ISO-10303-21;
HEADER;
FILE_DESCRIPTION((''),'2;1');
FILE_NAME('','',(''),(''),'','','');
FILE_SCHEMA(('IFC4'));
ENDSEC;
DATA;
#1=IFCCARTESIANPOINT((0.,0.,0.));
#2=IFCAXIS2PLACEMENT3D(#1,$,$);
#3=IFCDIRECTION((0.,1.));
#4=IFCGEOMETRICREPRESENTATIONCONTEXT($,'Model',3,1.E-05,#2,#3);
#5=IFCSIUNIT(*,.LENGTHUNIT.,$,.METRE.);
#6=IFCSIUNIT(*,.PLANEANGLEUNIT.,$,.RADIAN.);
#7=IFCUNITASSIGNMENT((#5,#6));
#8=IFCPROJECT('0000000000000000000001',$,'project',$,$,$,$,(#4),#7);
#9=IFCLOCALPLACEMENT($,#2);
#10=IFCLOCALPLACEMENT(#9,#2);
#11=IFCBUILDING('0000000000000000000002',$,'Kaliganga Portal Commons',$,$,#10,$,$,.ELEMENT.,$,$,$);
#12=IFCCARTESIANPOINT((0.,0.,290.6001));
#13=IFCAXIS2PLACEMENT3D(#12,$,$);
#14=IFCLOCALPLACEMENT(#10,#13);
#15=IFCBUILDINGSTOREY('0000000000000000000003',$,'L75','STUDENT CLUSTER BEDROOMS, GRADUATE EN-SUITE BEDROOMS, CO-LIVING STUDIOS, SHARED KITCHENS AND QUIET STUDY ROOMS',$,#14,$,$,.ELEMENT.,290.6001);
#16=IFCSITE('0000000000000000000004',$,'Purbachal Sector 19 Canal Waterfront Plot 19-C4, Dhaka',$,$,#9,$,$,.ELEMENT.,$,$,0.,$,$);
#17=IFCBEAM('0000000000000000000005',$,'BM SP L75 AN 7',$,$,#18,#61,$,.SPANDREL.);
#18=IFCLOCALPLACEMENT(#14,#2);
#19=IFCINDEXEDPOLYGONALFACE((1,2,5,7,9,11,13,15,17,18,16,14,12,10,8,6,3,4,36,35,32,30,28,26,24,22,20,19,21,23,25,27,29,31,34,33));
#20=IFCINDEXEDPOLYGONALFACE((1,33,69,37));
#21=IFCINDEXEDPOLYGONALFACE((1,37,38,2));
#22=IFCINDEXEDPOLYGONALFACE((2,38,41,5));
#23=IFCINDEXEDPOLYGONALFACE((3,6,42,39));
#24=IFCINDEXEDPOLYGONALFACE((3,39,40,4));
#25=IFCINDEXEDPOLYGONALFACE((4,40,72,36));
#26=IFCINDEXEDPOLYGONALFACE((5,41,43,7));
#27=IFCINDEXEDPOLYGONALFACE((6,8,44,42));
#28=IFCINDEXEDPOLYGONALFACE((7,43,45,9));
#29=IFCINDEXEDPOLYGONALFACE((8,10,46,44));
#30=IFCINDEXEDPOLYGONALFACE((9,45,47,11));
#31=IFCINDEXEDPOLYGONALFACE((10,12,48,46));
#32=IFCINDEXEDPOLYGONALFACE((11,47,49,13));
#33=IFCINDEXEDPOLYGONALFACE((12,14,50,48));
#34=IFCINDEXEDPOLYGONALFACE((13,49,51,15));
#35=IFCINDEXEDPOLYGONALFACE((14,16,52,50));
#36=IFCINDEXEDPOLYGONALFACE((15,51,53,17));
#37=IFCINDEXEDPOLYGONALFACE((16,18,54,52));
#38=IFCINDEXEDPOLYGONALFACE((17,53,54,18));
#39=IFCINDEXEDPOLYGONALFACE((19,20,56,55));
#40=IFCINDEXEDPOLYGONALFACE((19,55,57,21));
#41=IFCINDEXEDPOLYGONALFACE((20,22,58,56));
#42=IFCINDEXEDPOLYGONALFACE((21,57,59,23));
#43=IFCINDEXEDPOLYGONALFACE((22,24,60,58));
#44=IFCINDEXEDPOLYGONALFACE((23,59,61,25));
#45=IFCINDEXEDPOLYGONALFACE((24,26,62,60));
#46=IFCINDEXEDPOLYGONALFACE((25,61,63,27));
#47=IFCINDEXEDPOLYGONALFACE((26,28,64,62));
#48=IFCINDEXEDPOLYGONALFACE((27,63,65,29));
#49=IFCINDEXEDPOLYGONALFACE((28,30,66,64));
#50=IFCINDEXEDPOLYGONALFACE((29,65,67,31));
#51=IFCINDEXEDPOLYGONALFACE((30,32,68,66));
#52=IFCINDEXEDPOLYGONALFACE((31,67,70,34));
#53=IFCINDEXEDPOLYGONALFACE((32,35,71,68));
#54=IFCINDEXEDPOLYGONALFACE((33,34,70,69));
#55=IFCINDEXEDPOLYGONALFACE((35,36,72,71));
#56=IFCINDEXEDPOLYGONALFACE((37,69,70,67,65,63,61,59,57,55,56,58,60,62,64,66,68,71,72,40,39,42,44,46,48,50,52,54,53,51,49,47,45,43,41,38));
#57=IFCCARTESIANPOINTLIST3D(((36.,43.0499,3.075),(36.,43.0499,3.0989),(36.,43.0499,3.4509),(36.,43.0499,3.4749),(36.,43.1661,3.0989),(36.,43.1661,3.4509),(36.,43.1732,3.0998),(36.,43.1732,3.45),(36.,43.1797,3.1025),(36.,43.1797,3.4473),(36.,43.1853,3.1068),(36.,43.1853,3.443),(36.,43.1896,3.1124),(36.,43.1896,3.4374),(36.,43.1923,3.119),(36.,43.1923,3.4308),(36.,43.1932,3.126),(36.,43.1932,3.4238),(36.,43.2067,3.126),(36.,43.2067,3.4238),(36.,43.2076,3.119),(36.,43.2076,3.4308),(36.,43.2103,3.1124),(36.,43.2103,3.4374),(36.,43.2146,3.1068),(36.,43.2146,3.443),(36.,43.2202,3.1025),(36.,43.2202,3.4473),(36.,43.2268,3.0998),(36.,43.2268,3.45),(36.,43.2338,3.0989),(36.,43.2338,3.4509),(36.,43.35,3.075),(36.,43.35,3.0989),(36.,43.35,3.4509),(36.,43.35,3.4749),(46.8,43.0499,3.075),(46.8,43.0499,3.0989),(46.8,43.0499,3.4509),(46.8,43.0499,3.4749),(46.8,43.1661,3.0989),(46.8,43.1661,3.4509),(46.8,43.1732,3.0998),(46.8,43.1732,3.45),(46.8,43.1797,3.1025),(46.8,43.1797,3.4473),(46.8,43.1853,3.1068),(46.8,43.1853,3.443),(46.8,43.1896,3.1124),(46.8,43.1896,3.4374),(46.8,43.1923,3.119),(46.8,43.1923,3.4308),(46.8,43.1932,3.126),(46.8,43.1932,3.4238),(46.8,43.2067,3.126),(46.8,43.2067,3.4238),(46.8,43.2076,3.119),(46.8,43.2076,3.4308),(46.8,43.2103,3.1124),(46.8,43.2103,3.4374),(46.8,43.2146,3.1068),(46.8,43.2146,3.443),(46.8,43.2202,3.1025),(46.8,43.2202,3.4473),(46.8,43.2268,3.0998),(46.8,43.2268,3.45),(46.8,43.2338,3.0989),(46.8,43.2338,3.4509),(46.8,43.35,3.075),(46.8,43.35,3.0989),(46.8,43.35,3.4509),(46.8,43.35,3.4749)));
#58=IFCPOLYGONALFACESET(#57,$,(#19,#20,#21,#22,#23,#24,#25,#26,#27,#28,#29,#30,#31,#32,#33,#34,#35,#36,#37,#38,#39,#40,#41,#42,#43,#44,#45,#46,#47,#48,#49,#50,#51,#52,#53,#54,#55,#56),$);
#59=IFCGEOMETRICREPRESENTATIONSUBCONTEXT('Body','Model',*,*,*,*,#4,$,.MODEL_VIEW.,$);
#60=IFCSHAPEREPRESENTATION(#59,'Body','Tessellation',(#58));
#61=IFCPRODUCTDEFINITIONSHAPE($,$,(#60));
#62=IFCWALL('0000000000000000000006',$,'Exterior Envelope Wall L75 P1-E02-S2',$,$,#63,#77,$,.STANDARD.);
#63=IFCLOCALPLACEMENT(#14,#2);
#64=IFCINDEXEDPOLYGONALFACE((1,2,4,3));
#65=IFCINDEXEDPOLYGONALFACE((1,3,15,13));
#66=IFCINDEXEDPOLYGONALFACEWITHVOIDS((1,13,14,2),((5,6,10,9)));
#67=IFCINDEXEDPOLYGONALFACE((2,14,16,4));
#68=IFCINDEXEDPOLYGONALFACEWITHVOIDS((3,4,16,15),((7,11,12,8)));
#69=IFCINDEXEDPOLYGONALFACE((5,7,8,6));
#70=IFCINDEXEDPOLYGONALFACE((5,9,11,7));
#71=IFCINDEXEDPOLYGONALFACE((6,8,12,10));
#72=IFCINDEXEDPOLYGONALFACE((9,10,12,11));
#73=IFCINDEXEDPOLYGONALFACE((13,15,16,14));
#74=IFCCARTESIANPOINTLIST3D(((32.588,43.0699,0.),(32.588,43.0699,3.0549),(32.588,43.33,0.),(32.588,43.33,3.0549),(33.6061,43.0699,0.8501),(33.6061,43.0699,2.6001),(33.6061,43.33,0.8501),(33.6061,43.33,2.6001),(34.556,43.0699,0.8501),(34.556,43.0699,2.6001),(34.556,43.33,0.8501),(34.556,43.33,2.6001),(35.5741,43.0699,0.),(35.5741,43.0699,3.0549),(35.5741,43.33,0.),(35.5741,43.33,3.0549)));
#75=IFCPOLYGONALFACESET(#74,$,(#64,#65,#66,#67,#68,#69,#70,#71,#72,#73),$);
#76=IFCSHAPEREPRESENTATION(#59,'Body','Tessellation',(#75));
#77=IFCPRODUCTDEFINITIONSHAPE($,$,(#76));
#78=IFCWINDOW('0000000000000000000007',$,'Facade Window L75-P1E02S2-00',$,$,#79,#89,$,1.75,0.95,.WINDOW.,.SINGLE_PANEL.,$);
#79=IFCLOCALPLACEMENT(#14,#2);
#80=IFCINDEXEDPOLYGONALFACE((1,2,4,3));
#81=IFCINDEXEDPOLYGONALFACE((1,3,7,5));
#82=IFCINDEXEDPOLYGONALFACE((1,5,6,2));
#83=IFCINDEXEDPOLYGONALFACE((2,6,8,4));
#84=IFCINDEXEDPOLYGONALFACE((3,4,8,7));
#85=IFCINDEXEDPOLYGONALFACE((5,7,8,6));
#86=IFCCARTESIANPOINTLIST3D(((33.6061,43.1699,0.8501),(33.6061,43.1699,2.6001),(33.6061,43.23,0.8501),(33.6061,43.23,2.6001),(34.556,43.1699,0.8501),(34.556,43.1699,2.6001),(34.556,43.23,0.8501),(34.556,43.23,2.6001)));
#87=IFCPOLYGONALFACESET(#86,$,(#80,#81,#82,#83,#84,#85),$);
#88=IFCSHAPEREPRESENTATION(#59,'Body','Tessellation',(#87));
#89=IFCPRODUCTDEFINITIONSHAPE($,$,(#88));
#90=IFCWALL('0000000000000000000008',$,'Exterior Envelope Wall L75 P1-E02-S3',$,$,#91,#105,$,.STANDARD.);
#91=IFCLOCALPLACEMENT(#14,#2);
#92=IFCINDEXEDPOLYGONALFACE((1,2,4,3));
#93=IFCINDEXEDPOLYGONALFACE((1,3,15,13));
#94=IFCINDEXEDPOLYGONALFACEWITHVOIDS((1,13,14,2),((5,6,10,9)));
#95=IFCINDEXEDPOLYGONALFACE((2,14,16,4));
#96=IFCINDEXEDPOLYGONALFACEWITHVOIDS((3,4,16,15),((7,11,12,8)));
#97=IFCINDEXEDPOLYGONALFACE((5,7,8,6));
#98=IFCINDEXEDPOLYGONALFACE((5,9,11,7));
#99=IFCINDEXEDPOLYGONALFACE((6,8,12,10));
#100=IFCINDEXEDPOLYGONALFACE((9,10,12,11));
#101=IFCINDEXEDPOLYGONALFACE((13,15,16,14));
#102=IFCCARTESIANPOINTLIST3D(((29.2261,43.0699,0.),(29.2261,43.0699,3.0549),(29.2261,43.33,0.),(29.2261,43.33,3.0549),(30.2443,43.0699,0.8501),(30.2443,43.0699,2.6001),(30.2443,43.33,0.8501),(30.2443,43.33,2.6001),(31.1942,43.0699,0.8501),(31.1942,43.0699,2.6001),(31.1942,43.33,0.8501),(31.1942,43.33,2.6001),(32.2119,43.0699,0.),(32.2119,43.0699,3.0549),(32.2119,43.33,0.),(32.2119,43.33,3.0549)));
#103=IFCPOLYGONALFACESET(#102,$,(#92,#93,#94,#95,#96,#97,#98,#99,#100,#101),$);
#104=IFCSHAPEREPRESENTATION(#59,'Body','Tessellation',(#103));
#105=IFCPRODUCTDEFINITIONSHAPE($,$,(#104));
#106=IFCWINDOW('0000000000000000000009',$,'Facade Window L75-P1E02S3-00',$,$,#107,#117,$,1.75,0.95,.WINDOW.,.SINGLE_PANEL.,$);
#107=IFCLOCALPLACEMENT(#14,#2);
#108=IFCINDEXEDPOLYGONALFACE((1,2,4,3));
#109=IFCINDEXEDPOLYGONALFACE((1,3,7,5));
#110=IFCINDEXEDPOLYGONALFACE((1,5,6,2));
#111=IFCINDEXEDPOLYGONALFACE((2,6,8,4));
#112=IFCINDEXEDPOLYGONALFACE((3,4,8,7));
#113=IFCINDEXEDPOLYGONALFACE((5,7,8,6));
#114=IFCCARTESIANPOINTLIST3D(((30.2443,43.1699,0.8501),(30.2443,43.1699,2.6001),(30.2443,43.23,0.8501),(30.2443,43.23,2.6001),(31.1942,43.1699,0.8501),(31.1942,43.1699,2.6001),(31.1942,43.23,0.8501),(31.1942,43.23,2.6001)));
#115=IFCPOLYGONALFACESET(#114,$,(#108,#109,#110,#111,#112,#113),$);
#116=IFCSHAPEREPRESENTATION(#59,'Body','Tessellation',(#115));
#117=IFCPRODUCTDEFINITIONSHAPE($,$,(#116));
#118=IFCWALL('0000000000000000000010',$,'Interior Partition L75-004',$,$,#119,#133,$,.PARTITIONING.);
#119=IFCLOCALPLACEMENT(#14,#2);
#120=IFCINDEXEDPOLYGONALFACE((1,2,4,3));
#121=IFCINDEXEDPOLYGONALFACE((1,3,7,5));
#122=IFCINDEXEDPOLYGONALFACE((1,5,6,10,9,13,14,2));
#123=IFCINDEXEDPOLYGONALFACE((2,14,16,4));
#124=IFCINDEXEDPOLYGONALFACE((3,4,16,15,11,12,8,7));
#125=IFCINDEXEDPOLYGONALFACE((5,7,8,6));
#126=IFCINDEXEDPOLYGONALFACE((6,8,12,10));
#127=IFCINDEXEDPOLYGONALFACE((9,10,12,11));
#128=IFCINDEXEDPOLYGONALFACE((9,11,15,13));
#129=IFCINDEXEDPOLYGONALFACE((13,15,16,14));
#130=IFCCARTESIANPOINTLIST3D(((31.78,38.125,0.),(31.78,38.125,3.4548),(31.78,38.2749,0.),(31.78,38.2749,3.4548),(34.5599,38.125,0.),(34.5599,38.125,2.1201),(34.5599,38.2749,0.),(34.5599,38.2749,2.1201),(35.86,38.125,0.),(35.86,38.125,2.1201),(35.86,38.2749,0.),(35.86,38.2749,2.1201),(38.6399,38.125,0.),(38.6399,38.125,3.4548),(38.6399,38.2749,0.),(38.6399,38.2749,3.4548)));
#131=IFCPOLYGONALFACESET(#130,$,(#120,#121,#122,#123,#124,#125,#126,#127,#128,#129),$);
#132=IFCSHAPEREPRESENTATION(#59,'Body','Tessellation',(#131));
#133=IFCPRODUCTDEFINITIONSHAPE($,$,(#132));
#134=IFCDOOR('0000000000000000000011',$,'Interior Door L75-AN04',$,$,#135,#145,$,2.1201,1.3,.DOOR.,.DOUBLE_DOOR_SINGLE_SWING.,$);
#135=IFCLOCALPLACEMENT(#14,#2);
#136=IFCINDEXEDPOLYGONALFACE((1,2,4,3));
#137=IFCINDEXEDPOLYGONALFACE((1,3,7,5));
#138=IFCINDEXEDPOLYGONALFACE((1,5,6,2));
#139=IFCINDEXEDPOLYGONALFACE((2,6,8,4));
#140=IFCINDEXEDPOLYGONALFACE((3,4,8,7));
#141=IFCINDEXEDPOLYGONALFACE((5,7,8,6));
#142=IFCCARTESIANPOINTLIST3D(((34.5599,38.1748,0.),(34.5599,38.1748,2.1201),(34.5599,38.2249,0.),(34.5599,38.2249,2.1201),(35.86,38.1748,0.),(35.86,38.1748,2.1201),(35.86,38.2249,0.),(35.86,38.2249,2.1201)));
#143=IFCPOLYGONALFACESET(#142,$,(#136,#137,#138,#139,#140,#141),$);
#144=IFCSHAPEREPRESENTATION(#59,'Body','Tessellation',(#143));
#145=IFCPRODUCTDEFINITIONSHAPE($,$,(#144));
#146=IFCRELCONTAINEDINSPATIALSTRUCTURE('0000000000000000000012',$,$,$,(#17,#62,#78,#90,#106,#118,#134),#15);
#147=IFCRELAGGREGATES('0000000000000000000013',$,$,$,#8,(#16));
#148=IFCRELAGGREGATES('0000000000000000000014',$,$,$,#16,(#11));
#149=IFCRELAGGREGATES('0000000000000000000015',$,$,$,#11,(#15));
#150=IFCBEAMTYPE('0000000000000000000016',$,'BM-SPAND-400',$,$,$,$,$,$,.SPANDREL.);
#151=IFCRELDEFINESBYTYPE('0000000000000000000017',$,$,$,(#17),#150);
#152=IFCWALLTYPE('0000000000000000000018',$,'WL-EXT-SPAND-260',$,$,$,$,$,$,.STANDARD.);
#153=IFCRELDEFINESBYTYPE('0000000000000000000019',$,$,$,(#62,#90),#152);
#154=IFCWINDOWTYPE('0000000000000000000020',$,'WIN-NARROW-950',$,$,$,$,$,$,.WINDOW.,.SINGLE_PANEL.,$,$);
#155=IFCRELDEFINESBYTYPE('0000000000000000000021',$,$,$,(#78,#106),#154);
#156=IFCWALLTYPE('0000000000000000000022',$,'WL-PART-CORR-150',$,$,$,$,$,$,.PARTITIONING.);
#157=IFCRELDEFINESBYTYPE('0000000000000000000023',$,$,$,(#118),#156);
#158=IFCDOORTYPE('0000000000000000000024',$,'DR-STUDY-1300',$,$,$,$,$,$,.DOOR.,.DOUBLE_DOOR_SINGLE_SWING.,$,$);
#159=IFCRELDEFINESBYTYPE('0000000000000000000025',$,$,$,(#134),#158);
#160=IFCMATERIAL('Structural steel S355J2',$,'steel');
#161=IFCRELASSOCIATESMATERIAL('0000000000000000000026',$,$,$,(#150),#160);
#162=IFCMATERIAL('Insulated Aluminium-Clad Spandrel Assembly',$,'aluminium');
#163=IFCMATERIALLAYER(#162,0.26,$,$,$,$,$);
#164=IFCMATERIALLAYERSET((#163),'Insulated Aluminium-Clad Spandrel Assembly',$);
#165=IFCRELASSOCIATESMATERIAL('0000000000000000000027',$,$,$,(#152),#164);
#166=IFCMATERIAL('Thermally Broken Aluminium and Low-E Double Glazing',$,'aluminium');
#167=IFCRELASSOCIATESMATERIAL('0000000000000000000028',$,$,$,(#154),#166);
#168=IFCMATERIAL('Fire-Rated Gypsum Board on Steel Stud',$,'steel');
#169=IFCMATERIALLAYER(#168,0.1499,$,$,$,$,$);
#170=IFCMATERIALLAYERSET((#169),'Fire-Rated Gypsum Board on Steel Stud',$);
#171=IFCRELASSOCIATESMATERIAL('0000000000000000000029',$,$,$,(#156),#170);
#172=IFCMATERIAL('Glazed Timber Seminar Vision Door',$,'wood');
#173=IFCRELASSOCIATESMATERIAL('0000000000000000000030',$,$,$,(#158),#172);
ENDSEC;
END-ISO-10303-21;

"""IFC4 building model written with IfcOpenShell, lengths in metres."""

from ifc_helpers import new_model, si_unit, direction, frame, frame_2d, origin, origin_2d, place, context, subcontext, project, spatial, rectangle, i_section, extrude, source, transform, mapped, material, layer, layer_set, material_profile, profile_set, type_object, element, fill, save


model = new_model("IFC4")

# Units and contexts
model_context = context("Model", 3, precision=1e-05, world=origin(), true_north=direction((0.0, 1.0)))
body_context = subcontext(model_context, "Body", "Model", "MODEL_VIEW")
ifc_project = project(units=[si_unit("LENGTHUNIT", "METRE"), si_unit("PLANEANGLEUNIT", "RADIAN")], contexts=[model_context])

# Site, building, storey
site_placement = place(None, origin())
site = spatial("IfcSite", under=ifc_project, at=site_placement, Name="Purbachal Sector 19 Canal Waterfront Plot 19-C4, Dhaka", CompositionType="ELEMENT", RefElevation=0.0)
building_placement = place(site_placement, origin())
building = spatial("IfcBuilding", under=site, at=building_placement, Name="Kaliganga Portal Commons", CompositionType="ELEMENT")
storey_placement = place(building_placement, frame((0.0, 0.0, 290.6001)))
storey = spatial("IfcBuildingStorey", under=building, at=storey_placement, Name="L75", Description="STUDENT CLUSTER BEDROOMS, GRADUATE EN-SUITE BEDROOMS, CO-LIVING STUDIOS, SHARED KITCHENS AND QUIET STUDY ROOMS", CompositionType="ELEMENT", Elevation=290.6001)

# Shared definitions
ifc_material_1 = material(Name="Structural steel S355J2", Category="steel")

# Beam
ifc_material_profile_1 = material_profile(ifc_material_1, i_section(OverallWidth=0.3, OverallDepth=0.3999, WebThickness=0.0134, FlangeThickness=0.0239, FilletRadius=0.0271, at=origin_2d()), Name="HE 400 B")
ifc_profile_set_1 = profile_set([ifc_material_profile_1], Name="Structural steel S355J2 wide-flange")
beam_type = type_object("IfcBeamType", Name="BM-SPAND-400", PredefinedType="SPANDREL", material=ifc_profile_set_1)
shared_shape_1 = source(origin(), body_context, "Body", "SweptSolid", [
    extrude(i_section(OverallWidth=0.3, OverallDepth=0.3999, WebThickness=0.0134, FlangeThickness=0.0239, FilletRadius=0.0271, at=origin_2d()), origin(), (0.0, 0.0, 1.0), 10.8),
])
beam_1_placement = place(storey_placement, frame((36.0, 43.2, 3.2749), z_axis=(1.0, 0.0, 0.0), x_axis=(0.0, 1.0, 0.0)))
element("IfcBeam", 1, at=beam_1_placement, inside=storey, type_object=beam_type, Name="BM SP L75 AN 7", PredefinedType="SPANDREL", context=body_context, shape_type="MappedRepresentation", body=[
    mapped(shared_shape_1, transform((0.0, 0.0, 0.0), x_axis=(1.0, 0.0, 0.0), y_axis=(0.0, 1.0, 0.0), z_axis=(0.0, 0.0, 1.0), scale=1.0)),
])

# Shared definitions
ifc_material_2 = material(Name="Insulated Aluminium-Clad Spandrel Assembly", Category="aluminium")
ifc_layer_1 = layer(ifc_material_2, 0.26)
ifc_layer_set_1 = layer_set([ifc_layer_1], Name="Insulated Aluminium-Clad Spandrel Assembly")
wall_type_1 = type_object("IfcWallType", Name="WL-EXT-SPAND-260", PredefinedType="STANDARD", material=ifc_layer_set_1)

# Walls, openings, windows
wall_1_placement = place(storey_placement, frame((32.5879, 43.2, 0.0), z_axis=(0.0, 0.0, 1.0), x_axis=(1.0, 0.0, 0.0)))
wall_1 = element("IfcWall", 2, at=wall_1_placement, inside=storey, type_object=wall_type_1, Name="Exterior Envelope Wall L75 P1-E02-S2", PredefinedType="STANDARD", context=body_context, shape_type="SweptSolid", body=[
    extrude(rectangle(XDim=2.9861, YDim=0.26, at=frame_2d((1.4932, 0.0))), origin(), (0.0, 0.0, 1.0), 3.0549),
])
opening_1_placement = place(wall_1_placement, frame((1.0181, 0.0, 0.8501)))
opening_1 = element("IfcOpeningElement", 3, at=opening_1_placement, cuts=wall_1, PredefinedType="OPENING", context=body_context, shape_type="SweptSolid", body=[
    extrude(rectangle(XDim=0.95, YDim=1.75, at=frame_2d((0.4751, 0.875))), frame((0.0, 0.1401, 0.0), z_axis=(0.0, -1.0, 0.0), x_axis=(1.0, 0.0, 0.0)), (0.0, 0.0, 1.0), 0.28),
])
ifc_material_3 = material(Name="Thermally Broken Aluminium and Low-E Double Glazing", Category="aluminium")
window_type = type_object("IfcWindowType", Name="WIN-NARROW-950", PartitioningType="SINGLE_PANEL", PredefinedType="WINDOW", material=ifc_material_3)
window_1_placement = place(opening_1_placement, origin())
window_1 = element("IfcWindow", 4, at=window_1_placement, inside=storey, type_object=window_type, Name="Facade Window L75-P1E02S2-00", OverallHeight=1.75, OverallWidth=0.95, PartitioningType="SINGLE_PANEL", PredefinedType="WINDOW", context=body_context, shape_type="SweptSolid", body=[
    extrude(rectangle(XDim=0.95, YDim=1.75, at=frame_2d((0.4751, 0.875))), frame((0.0, 0.03, 0.0), z_axis=(0.0, -1.0, 0.0), x_axis=(1.0, 0.0, 0.0)), (0.0, 0.0, 1.0), 0.0601),
])
fill(opening_1, window_1)
wall_2_placement = place(storey_placement, frame((29.2261, 43.2, 0.0), z_axis=(0.0, 0.0, 1.0), x_axis=(1.0, 0.0, 0.0)))
wall_2 = element("IfcWall", 5, at=wall_2_placement, inside=storey, type_object=wall_type_1, Name="Exterior Envelope Wall L75 P1-E02-S3", PredefinedType="STANDARD", context=body_context, shape_type="SweptSolid", body=[
    extrude(rectangle(XDim=2.9858, YDim=0.26, at=frame_2d((1.4929, 0.0))), origin(), (0.0, 0.0, 1.0), 3.0549),
])
opening_2_placement = place(wall_2_placement, frame((1.0181, 0.0, 0.8501)))
opening_2 = element("IfcOpeningElement", 6, at=opening_2_placement, cuts=wall_2, PredefinedType="OPENING", context=body_context, shape_type="SweptSolid", body=[
    extrude(rectangle(XDim=0.95, YDim=1.75, at=frame_2d((0.4751, 0.875))), frame((0.0, 0.1401, 0.0), z_axis=(0.0, -1.0, 0.0), x_axis=(1.0, 0.0, 0.0)), (0.0, 0.0, 1.0), 0.28),
])
window_2_placement = place(opening_2_placement, origin())
window_2 = element("IfcWindow", 7, at=window_2_placement, inside=storey, type_object=window_type, Name="Facade Window L75-P1E02S3-00", OverallHeight=1.75, OverallWidth=0.95, PartitioningType="SINGLE_PANEL", PredefinedType="WINDOW", context=body_context, shape_type="SweptSolid", body=[
    extrude(rectangle(XDim=0.95, YDim=1.75, at=frame_2d((0.4751, 0.875))), frame((0.0, 0.03, 0.0), z_axis=(0.0, -1.0, 0.0), x_axis=(1.0, 0.0, 0.0)), (0.0, 0.0, 1.0), 0.0601),
])
fill(opening_2, window_2)

# Wall, opening, door
ifc_material_4 = material(Name="Fire-Rated Gypsum Board on Steel Stud", Category="steel")
ifc_layer_2 = layer(ifc_material_4, 0.1499)
ifc_layer_set_2 = layer_set([ifc_layer_2], Name="Fire-Rated Gypsum Board on Steel Stud")
wall_type_2 = type_object("IfcWallType", Name="WL-PART-CORR-150", PredefinedType="PARTITIONING", material=ifc_layer_set_2)
wall_3_placement = place(storey_placement, frame((31.78, 38.2, 0.0), z_axis=(0.0, 0.0, 1.0), x_axis=(1.0, 0.0, 0.0)))
wall_3 = element("IfcWall", 8, at=wall_3_placement, inside=storey, type_object=wall_type_2, Name="Interior Partition L75-004", PredefinedType="PARTITIONING", context=body_context, shape_type="SweptSolid", body=[
    extrude(rectangle(XDim=6.8599, YDim=0.1499, at=frame_2d((3.4299, 0.0))), origin(), (0.0, 0.0, 1.0), 3.4548),
])
opening_3_placement = place(wall_3_placement, frame((2.78, 0.0, 0.0)))
opening_3 = element("IfcOpeningElement", 9, at=opening_3_placement, cuts=wall_3, PredefinedType="OPENING", context=body_context, shape_type="SweptSolid", body=[
    extrude(rectangle(XDim=1.3, YDim=2.1201, at=frame_2d((0.6499, 1.0601))), frame((0.0, 0.085, 0.0), z_axis=(0.0, -1.0, 0.0), x_axis=(1.0, 0.0, 0.0)), (0.0, 0.0, 1.0), 0.1699),
])
ifc_material_5 = material(Name="Glazed Timber Seminar Vision Door", Category="wood")
door_type_1 = type_object("IfcDoorType", Name="DR-STUDY-1300", OperationType="DOUBLE_DOOR_SINGLE_SWING", PredefinedType="DOOR", material=ifc_material_5)
door_1_placement = place(opening_3_placement, origin())
door_1 = element("IfcDoor", 10, at=door_1_placement, inside=storey, type_object=door_type_1, Name="Interior Door L75-AN04", OperationType="DOUBLE_DOOR_SINGLE_SWING", OverallHeight=2.1201, OverallWidth=1.3, PredefinedType="DOOR", context=body_context, shape_type="SweptSolid", body=[
    extrude(rectangle(XDim=1.3, YDim=2.1201, at=frame_2d((0.6499, 1.0601))), frame((0.0, 0.0249, 0.0), z_axis=(0.0, -1.0, 0.0), x_axis=(1.0, 0.0, 0.0)), (0.0, 0.0, 1.0), 0.05),
])
fill(opening_3, door_1)

save(model, "model.ifc")
